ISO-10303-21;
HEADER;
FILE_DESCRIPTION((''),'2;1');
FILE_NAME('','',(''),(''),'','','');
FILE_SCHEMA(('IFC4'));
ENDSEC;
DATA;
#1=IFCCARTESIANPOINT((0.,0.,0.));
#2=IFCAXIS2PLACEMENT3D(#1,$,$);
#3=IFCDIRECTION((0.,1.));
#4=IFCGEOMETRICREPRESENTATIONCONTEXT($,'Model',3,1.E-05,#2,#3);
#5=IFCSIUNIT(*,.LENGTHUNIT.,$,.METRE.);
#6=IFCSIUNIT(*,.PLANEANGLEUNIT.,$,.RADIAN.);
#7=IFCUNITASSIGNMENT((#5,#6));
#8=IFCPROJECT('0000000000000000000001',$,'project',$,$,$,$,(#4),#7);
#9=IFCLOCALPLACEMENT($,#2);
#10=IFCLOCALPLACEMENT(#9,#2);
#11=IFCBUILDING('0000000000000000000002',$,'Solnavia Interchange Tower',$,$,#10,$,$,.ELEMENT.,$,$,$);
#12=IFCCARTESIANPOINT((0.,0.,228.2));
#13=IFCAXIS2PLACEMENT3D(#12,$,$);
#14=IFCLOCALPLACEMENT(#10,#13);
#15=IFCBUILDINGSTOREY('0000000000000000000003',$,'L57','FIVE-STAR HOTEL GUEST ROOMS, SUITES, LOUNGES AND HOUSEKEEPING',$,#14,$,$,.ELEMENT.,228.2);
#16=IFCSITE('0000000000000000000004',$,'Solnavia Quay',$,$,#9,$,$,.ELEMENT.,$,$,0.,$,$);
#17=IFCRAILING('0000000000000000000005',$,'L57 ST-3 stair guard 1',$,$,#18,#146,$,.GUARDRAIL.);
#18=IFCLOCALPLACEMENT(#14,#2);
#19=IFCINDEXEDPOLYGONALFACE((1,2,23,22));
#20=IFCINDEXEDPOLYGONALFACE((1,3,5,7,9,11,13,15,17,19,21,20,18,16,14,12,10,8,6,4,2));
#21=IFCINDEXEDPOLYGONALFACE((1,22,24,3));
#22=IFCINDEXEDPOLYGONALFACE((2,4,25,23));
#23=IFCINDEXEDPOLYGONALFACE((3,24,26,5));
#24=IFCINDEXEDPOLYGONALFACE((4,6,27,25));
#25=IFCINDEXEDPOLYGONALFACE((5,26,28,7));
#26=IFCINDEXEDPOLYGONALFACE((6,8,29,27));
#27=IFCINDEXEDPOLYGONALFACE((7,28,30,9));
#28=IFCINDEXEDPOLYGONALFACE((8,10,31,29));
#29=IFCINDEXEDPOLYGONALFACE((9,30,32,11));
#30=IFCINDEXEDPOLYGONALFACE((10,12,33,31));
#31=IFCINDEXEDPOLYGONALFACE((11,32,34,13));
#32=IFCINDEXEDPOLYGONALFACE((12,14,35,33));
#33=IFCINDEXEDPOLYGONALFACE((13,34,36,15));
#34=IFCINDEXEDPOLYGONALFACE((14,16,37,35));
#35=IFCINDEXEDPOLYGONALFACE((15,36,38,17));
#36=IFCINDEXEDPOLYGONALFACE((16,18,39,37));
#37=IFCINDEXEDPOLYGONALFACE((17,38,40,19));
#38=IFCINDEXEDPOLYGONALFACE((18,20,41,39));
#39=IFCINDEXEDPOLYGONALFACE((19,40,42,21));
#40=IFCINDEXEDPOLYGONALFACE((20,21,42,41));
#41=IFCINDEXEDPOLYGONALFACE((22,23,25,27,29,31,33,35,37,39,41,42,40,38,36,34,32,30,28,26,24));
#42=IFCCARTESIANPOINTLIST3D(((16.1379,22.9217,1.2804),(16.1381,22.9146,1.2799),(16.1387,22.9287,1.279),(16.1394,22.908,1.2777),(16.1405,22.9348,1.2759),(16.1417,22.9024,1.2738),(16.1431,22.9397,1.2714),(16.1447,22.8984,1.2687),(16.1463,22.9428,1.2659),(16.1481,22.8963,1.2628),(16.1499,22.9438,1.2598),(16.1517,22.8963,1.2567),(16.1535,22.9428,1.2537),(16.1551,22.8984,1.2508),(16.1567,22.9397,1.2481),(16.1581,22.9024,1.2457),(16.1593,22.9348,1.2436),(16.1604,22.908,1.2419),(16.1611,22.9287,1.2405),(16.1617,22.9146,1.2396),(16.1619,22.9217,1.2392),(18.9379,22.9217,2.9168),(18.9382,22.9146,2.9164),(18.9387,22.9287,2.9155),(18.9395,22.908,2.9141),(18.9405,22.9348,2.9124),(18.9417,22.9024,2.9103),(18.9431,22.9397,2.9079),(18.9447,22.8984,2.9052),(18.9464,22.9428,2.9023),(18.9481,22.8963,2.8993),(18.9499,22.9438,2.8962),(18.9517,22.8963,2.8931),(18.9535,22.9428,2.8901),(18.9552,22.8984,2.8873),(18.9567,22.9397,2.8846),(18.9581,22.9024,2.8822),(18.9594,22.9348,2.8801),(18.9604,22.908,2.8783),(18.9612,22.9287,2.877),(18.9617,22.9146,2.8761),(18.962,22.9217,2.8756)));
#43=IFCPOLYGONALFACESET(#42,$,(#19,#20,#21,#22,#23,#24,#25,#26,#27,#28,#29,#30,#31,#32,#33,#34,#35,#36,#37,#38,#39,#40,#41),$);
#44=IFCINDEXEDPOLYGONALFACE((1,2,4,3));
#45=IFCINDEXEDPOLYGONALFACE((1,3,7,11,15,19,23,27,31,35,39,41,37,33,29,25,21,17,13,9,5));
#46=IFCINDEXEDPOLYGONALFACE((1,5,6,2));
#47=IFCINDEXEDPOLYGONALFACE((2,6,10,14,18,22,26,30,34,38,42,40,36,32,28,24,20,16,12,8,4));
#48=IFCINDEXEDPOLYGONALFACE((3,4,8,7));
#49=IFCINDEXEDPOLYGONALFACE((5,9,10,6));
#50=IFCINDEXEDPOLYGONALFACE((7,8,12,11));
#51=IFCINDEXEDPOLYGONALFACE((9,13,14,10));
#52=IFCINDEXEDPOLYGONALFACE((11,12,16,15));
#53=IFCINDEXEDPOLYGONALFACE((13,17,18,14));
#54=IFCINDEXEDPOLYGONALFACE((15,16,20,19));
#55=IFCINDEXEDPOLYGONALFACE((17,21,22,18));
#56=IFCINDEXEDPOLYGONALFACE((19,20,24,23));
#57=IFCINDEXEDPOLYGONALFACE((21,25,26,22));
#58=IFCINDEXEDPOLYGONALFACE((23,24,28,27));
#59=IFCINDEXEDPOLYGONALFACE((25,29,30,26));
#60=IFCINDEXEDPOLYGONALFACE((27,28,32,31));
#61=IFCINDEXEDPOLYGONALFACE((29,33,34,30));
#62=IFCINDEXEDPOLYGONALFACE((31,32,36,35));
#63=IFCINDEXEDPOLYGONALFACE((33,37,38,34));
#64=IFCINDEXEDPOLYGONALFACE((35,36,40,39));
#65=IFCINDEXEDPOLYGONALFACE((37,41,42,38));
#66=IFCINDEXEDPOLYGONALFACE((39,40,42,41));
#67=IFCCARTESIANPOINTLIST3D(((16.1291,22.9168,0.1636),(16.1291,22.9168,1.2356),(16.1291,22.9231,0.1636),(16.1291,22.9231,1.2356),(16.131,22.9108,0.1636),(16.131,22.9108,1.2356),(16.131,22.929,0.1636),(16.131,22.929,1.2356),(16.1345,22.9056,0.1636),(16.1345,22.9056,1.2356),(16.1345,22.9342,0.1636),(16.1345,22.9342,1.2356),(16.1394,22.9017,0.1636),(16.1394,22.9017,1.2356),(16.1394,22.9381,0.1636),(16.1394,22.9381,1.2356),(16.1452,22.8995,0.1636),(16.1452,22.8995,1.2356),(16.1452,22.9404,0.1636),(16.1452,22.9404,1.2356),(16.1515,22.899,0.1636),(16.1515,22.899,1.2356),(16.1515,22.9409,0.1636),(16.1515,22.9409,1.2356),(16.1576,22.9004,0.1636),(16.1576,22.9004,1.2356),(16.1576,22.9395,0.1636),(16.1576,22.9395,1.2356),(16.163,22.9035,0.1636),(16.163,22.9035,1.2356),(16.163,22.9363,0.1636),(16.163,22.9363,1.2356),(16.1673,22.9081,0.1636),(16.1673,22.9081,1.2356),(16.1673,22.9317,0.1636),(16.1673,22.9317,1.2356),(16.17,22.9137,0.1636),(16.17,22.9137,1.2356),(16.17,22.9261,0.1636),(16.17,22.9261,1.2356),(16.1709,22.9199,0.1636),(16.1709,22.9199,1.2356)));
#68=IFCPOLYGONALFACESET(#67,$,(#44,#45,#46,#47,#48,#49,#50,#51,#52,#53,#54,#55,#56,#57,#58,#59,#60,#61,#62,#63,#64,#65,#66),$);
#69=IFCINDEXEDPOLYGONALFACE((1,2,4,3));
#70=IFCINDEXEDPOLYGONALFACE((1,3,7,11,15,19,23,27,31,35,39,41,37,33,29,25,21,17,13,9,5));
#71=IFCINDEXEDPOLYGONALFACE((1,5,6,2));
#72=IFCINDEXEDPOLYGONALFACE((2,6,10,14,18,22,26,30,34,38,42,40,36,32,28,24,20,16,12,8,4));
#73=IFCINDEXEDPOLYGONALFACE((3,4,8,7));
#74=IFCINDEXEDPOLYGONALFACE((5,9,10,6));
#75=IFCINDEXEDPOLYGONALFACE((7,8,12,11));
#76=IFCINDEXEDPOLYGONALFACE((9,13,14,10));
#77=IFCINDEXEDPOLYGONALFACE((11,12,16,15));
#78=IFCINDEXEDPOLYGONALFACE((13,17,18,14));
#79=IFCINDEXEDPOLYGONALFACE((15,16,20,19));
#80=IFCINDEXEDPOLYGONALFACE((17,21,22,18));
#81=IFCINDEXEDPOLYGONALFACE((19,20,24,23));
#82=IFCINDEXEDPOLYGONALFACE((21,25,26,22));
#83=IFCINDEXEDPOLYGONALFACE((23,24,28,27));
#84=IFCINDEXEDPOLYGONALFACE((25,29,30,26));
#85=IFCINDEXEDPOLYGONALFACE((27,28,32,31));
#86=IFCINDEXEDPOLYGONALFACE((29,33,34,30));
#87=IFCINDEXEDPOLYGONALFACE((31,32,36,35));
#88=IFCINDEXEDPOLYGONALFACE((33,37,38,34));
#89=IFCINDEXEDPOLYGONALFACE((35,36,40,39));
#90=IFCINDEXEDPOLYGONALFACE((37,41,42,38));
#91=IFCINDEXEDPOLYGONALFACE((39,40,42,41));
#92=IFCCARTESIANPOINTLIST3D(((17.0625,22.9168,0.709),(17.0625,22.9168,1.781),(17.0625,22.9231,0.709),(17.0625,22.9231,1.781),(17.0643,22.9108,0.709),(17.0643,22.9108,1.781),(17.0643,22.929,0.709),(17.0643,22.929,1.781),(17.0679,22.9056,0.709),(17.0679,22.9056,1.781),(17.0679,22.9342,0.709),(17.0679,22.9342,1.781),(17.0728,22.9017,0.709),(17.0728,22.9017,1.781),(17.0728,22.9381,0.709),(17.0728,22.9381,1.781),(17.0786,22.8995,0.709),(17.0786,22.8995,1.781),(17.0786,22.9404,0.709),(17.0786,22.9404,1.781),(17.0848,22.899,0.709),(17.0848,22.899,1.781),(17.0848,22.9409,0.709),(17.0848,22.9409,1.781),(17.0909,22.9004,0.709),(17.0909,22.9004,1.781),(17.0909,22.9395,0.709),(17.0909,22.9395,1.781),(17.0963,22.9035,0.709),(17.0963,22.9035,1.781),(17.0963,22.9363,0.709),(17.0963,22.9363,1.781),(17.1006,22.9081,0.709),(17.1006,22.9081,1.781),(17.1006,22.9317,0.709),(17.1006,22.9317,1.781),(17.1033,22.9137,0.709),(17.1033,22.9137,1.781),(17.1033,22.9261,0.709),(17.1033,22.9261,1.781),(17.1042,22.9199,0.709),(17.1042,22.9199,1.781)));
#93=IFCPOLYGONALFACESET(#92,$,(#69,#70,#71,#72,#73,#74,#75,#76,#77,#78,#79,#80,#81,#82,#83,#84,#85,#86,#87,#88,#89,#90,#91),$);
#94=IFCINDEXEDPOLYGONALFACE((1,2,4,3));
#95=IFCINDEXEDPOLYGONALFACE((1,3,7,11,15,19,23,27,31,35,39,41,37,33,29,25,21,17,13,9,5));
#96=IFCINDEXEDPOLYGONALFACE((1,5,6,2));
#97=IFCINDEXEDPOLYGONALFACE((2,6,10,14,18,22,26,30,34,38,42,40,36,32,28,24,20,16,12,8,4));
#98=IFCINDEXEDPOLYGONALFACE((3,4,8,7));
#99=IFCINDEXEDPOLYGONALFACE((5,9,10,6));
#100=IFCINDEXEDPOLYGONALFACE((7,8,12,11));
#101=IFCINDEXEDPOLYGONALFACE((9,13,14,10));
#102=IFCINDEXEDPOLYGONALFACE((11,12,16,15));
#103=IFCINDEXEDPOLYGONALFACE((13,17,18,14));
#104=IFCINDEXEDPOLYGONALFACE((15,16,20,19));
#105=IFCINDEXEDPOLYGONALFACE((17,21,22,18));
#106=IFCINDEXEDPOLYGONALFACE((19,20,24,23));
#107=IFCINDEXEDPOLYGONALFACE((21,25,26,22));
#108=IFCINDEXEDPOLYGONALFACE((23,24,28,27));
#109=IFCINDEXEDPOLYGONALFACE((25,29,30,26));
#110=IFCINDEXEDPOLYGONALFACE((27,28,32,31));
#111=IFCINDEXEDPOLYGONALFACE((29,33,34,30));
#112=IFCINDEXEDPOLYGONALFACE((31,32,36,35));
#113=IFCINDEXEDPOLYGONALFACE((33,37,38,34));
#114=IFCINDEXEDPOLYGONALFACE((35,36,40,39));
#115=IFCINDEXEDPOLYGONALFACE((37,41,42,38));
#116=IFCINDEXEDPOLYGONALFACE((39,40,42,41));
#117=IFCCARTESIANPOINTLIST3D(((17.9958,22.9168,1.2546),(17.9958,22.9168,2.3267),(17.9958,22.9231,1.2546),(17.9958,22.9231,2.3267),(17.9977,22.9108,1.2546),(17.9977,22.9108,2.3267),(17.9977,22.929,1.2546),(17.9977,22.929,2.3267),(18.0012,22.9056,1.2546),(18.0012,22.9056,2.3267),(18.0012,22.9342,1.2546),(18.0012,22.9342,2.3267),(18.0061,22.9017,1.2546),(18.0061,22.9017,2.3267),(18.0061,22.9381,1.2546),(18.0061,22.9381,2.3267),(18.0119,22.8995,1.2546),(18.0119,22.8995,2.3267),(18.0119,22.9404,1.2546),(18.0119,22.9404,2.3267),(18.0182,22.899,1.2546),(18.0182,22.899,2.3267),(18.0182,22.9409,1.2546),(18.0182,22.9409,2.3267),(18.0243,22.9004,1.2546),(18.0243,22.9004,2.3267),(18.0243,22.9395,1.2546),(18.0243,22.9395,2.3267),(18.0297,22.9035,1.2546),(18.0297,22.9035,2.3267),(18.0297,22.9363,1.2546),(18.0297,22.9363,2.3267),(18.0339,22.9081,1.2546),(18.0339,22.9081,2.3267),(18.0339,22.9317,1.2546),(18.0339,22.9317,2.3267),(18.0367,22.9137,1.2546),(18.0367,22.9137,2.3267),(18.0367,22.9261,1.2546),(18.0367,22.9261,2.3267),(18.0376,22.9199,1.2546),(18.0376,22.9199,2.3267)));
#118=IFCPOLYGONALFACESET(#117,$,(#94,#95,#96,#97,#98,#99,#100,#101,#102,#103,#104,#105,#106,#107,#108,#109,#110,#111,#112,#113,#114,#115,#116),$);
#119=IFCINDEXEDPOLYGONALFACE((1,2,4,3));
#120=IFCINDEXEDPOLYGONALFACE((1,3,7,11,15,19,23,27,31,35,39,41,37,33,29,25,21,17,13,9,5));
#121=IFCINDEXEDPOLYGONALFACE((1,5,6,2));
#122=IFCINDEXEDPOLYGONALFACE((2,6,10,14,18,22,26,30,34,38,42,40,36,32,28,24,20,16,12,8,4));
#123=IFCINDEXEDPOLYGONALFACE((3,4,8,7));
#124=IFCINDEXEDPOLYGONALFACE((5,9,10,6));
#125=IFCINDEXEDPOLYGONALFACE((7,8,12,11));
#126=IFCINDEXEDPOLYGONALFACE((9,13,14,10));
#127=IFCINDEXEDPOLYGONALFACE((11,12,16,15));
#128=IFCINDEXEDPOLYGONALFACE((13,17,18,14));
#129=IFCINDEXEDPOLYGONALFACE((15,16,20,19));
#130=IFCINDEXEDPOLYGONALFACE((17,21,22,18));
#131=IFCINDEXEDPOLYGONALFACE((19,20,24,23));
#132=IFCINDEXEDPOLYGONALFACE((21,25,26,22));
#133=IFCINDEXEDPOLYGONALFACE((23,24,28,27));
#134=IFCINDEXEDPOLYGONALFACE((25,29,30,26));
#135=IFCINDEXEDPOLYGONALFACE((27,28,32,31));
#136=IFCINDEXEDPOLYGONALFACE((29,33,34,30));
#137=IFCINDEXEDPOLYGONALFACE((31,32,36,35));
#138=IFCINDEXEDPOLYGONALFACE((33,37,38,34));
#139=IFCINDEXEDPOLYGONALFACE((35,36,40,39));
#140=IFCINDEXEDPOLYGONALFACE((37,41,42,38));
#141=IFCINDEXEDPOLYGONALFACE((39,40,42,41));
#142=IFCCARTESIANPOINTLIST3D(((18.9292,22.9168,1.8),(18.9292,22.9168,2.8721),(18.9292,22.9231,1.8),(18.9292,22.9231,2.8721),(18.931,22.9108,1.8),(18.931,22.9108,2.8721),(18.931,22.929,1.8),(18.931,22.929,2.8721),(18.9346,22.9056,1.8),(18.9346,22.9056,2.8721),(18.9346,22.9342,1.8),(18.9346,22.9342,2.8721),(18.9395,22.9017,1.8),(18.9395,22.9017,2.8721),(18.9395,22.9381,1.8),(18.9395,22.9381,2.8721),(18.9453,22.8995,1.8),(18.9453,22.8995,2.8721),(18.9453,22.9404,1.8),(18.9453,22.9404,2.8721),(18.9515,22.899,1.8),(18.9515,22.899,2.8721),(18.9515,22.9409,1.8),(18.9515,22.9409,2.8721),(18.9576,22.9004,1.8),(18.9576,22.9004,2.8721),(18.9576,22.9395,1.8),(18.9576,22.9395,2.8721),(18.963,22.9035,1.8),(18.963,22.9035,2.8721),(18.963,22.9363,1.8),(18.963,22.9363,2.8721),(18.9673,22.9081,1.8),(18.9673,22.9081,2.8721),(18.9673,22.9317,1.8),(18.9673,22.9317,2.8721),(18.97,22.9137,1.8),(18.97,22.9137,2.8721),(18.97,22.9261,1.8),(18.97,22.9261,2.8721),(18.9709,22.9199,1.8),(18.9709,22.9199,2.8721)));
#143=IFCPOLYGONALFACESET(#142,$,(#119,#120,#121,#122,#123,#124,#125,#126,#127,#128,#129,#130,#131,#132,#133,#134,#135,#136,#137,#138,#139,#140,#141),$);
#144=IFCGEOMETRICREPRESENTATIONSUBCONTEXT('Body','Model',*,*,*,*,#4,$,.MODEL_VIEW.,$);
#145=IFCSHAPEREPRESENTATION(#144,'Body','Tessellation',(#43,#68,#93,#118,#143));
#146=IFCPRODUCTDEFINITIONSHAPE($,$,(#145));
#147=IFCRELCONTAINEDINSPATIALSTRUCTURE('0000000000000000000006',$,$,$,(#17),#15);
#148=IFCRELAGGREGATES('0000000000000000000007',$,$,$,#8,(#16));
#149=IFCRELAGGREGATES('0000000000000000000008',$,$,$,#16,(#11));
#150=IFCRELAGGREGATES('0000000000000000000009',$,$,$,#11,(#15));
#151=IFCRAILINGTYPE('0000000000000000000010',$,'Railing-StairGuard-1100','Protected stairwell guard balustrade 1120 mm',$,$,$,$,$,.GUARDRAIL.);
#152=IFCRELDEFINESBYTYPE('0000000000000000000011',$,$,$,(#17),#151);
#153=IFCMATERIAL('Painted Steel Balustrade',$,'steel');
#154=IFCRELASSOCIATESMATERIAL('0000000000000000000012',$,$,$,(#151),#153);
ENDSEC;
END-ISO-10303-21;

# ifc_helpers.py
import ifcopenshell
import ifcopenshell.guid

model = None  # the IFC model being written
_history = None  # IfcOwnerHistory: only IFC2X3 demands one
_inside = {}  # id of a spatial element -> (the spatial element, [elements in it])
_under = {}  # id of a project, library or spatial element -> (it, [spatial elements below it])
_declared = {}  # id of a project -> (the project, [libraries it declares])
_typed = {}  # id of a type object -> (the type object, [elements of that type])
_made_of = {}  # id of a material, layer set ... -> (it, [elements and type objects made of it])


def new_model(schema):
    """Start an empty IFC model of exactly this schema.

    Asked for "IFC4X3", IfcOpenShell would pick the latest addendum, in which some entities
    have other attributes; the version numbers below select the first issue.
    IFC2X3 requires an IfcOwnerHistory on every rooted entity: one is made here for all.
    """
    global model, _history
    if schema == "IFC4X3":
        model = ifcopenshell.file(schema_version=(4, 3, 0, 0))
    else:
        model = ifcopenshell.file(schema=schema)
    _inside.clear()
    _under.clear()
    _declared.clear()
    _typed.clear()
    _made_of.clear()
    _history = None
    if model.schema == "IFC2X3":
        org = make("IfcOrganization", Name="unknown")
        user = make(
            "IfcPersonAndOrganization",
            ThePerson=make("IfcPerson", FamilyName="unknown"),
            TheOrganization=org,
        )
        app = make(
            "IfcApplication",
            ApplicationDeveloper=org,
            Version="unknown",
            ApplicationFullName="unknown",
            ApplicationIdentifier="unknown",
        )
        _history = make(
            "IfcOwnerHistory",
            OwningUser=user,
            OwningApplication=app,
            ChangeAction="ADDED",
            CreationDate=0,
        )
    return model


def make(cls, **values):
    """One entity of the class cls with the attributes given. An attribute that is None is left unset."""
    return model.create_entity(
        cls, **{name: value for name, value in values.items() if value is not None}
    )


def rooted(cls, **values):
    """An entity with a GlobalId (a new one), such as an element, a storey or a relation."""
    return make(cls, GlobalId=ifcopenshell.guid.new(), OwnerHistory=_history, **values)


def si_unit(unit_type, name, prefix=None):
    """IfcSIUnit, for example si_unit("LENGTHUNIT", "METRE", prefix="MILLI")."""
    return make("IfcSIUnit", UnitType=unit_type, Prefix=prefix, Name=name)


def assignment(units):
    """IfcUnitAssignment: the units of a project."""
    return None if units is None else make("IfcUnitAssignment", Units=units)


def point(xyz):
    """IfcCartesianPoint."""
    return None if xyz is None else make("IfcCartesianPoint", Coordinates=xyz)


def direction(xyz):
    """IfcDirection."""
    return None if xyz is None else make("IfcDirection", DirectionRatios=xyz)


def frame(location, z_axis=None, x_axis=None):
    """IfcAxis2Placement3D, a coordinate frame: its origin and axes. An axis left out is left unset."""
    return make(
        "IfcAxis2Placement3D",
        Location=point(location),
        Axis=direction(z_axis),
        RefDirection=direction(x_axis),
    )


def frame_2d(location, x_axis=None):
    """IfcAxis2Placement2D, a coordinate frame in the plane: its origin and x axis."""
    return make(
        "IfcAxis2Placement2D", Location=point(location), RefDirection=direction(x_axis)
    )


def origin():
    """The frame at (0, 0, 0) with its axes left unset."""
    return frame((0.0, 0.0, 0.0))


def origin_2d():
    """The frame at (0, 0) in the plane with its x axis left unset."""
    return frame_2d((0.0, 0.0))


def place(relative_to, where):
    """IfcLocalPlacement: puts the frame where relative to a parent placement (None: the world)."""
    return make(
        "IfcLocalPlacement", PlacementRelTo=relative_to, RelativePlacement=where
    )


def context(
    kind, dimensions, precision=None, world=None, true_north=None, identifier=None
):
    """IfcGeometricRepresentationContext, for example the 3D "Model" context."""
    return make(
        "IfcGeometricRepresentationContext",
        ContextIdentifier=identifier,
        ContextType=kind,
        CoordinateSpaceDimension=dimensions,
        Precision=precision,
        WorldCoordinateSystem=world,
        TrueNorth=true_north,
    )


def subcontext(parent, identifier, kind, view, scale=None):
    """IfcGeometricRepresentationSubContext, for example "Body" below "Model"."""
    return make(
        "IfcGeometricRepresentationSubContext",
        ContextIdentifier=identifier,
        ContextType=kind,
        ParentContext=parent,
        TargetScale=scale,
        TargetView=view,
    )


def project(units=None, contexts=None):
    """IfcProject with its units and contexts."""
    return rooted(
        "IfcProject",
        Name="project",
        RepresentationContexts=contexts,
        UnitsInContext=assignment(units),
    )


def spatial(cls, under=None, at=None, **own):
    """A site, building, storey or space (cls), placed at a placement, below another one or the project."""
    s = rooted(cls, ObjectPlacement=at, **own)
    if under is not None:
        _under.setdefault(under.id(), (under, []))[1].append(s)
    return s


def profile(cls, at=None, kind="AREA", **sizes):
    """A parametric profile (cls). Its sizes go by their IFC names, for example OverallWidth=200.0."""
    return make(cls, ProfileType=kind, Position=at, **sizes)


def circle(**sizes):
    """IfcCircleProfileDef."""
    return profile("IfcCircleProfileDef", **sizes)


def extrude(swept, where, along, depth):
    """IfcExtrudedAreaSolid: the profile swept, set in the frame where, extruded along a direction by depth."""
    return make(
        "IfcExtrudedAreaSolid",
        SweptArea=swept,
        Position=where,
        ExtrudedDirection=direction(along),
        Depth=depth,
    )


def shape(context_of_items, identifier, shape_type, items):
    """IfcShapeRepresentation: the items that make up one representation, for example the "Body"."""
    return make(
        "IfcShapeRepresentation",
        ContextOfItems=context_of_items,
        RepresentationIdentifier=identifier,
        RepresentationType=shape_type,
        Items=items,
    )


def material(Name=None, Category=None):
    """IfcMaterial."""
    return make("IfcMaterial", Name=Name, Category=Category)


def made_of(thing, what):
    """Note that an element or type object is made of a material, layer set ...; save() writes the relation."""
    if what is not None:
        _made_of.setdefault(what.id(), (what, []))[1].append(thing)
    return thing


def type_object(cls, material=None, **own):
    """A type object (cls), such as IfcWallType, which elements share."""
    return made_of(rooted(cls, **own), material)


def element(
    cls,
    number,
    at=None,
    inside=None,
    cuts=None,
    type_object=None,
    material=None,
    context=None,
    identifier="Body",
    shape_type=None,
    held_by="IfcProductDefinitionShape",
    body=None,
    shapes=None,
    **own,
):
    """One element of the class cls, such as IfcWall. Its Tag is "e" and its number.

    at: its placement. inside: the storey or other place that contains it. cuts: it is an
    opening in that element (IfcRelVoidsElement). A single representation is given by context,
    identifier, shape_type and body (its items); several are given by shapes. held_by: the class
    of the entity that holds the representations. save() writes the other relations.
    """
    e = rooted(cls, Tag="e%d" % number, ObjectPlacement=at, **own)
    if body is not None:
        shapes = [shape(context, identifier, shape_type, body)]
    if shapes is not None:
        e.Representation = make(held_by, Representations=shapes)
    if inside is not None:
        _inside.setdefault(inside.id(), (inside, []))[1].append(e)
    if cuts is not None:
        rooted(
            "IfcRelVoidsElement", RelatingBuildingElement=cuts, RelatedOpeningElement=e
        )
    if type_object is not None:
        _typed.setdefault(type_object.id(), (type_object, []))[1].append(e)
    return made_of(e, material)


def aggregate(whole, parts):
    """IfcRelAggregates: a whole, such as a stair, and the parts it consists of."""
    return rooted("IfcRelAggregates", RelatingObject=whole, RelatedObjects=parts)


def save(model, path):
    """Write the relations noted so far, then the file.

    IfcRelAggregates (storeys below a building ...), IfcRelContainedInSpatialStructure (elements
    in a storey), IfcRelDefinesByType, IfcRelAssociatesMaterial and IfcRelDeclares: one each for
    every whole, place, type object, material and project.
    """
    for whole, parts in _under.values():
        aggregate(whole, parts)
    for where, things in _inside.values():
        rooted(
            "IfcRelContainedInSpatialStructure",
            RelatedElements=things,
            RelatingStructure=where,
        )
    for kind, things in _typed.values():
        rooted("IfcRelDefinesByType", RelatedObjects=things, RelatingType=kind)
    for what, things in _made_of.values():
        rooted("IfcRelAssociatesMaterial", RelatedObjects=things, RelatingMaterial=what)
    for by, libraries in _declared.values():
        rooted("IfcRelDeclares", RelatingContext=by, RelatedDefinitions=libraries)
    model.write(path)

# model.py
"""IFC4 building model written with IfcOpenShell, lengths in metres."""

from ifc_helpers import new_model, si_unit, direction, frame, origin, origin_2d, place, context, subcontext, project, spatial, circle, extrude, material, type_object, element, save


model = new_model("IFC4")

# Units and contexts
model_context = context("Model", 3, precision=1e-05, world=origin(), true_north=direction((0.0, 1.0)))
body_context = subcontext(model_context, "Body", "Model", "MODEL_VIEW")
ifc_project = project(units=[si_unit("LENGTHUNIT", "METRE"), si_unit("PLANEANGLEUNIT", "RADIAN")], contexts=[model_context])

# Site, building, storey
site_placement = place(None, origin())
site = spatial("IfcSite", under=ifc_project, at=site_placement, Name="Solnavia Quay", CompositionType="ELEMENT", RefElevation=0.0)
building_placement = place(site_placement, origin())
building = spatial("IfcBuilding", under=site, at=building_placement, Name="Solnavia Interchange Tower", CompositionType="ELEMENT")
storey_placement = place(building_placement, frame((0.0, 0.0, 228.2)))
storey = spatial("IfcBuildingStorey", under=building, at=storey_placement, Name="L57", Description="FIVE-STAR HOTEL GUEST ROOMS, SUITES, LOUNGES AND HOUSEKEEPING", CompositionType="ELEMENT", Elevation=228.2)

# Railing
ifc_material_1 = material(Name="Painted Steel Balustrade", Category="steel")
railing_type_1 = type_object("IfcRailingType", Name="Railing-StairGuard-1100", Description="Protected stairwell guard balustrade 1120 mm", PredefinedType="GUARDRAIL", material=ifc_material_1)
railing_1_placement = place(storey_placement, frame((16.1499, 22.9199, 0.1636)))
element("IfcRailing", 1, at=railing_1_placement, inside=storey, type_object=railing_type_1, Name="L57 ST-3 stair guard 1", PredefinedType="GUARDRAIL", context=body_context, shape_type="SweptSolid", body=[
    extrude(circle(Radius=0.0239, at=origin_2d()), frame((0.0, 0.0, 1.0962), z_axis=(0.863361, 0.0, 0.504587), x_axis=(0.0, 1.0, 0.0)), (0.0, 0.0, 1.0), 3.2432),
    extrude(circle(Radius=0.021, at=origin_2d()), origin(), (0.0, 0.0, 1.0), 1.072),
    extrude(circle(Radius=0.021, at=origin_2d()), frame((0.9333, 0.0, 0.5454)), (0.0, 0.0, 1.0), 1.072),
    extrude(circle(Radius=0.021, at=origin_2d()), frame((1.8667, 0.0, 1.0911)), (0.0, 0.0, 1.0), 1.072),
    extrude(circle(Radius=0.021, at=origin_2d()), frame((2.8, 0.0, 1.6365)), (0.0, 0.0, 1.0), 1.072),
])

save(model, "model.ifc")
